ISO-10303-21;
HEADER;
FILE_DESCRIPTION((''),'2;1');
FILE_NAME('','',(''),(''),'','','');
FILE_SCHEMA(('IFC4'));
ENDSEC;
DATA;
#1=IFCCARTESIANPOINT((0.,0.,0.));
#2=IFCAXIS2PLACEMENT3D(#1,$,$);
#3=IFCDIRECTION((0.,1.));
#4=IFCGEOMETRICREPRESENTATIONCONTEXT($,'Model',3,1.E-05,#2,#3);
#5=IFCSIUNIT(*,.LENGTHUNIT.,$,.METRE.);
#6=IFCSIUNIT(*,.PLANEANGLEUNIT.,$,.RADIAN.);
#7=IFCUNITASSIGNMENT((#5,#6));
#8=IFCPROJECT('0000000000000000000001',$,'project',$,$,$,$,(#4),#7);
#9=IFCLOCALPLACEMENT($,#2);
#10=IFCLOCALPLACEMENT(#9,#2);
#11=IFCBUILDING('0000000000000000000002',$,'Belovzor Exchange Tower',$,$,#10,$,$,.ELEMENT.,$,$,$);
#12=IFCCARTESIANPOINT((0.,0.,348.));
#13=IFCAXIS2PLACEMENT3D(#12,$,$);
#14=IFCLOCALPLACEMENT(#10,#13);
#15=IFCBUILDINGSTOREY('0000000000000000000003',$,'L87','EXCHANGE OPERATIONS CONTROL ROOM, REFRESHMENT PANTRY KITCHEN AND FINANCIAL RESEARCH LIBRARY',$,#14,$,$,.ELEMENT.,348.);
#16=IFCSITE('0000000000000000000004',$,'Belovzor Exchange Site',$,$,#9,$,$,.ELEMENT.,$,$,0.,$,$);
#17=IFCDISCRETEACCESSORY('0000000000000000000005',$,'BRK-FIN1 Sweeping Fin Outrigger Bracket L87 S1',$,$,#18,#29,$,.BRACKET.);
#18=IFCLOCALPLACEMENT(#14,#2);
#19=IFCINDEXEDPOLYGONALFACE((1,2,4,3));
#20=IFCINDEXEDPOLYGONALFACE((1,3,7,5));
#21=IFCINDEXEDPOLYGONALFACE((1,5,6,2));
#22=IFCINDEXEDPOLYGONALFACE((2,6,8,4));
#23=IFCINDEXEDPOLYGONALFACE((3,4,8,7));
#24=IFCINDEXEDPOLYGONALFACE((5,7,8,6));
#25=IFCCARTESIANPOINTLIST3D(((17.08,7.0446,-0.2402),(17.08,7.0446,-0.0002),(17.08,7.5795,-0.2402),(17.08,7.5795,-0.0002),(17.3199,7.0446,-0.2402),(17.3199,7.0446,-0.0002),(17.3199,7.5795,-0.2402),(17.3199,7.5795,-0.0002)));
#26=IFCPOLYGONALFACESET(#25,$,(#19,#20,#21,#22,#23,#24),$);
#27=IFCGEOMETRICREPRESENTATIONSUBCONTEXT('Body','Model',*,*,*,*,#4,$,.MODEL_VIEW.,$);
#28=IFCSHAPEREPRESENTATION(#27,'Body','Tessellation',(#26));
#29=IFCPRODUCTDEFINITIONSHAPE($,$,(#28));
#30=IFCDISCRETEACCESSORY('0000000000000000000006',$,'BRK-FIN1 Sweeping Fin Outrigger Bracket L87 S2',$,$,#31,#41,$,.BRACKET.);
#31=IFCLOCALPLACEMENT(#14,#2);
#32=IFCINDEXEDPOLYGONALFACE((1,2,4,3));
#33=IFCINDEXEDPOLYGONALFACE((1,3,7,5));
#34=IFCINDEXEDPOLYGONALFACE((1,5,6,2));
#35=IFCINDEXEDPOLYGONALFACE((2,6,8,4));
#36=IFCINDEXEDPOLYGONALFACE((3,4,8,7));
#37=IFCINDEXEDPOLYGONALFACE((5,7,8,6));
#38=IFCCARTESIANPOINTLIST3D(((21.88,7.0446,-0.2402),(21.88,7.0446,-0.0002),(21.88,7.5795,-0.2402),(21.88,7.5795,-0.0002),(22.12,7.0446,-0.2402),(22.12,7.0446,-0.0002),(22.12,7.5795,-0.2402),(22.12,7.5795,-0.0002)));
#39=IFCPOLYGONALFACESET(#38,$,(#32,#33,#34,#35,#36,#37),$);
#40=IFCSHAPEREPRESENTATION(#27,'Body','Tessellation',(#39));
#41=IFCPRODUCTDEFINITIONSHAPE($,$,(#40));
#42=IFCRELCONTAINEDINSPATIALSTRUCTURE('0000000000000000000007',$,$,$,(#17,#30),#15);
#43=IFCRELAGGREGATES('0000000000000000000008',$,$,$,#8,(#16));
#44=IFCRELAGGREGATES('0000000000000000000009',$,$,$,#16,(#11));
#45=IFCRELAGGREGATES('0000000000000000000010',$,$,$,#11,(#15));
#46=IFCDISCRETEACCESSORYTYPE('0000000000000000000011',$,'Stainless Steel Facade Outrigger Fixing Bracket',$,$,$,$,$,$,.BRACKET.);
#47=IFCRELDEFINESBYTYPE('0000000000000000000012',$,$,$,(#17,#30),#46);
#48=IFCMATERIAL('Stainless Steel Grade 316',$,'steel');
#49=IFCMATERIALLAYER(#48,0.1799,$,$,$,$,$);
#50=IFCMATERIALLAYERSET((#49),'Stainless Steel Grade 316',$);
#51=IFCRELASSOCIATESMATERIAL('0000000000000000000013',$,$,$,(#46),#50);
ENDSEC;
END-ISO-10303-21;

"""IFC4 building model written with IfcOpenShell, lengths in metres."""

from ifc_helpers import new_model, si_unit, direction, frame, origin, origin_2d, place, context, subcontext, project, spatial, rectangle, extrude, material, layer, layer_set, type_object, element, save


model = new_model("IFC4")

# Units and contexts
model_context = context("Model", 3, precision=1e-05, world=origin(), true_north=direction((0.0, 1.0)))
body_context = subcontext(model_context, "Body", "Model", "MODEL_VIEW")
ifc_project = project(units=[si_unit("LENGTHUNIT", "METRE"), si_unit("PLANEANGLEUNIT", "RADIAN")], contexts=[model_context])

# Site, building, storey
site_placement = place(None, origin())
site = spatial("IfcSite", under=ifc_project, at=site_placement, Name="Belovzor Exchange Site", CompositionType="ELEMENT", RefElevation=0.0)
building_placement = place(site_placement, origin())
building = spatial("IfcBuilding", under=site, at=building_placement, Name="Belovzor Exchange Tower", CompositionType="ELEMENT")
storey_placement = place(building_placement, frame((0.0, 0.0, 348.0)))
storey = spatial("IfcBuildingStorey", under=building, at=storey_placement, Name="L87", Description="EXCHANGE OPERATIONS CONTROL ROOM, REFRESHMENT PANTRY KITCHEN AND FINANCIAL RESEARCH LIBRARY", CompositionType="ELEMENT", Elevation=348.0)

# Discrete accessories
ifc_material_1 = material(Name="Stainless Steel Grade 316", Category="steel")
ifc_layer_1 = layer(ifc_material_1, 0.1799)
ifc_layer_set_1 = layer_set([ifc_layer_1], Name="Stainless Steel Grade 316")
discrete_accessory_type = type_object("IfcDiscreteAccessoryType", Name="Stainless Steel Facade Outrigger Fixing Bracket", PredefinedType="BRACKET", material=ifc_layer_set_1)
for number, where, z_axis, x_axis, name in (
    (1, (17.2, 7.312, -0.2402), (0.0, 0.0, 1.0), (0.0, 1.0, 0.0), "BRK-FIN1 Sweeping Fin Outrigger Bracket L87 S1"),
    (2, (22.0, 7.312, -0.2402), (0.0, 0.0, 1.0), (0.0, 1.0, 0.0), "BRK-FIN1 Sweeping Fin Outrigger Bracket L87 S2"),
):
    element("IfcDiscreteAccessory", number, at=place(storey_placement, frame(where, z_axis=z_axis, x_axis=x_axis)), inside=storey, type_object=discrete_accessory_type, Name=name, PredefinedType="BRACKET", context=body_context, shape_type="SweptSolid", body=[
        extrude(rectangle(XDim=0.5349, YDim=0.24, at=origin_2d()), origin(), (0.0, 0.0, 1.0), 0.24),
    ])

save(model, "model.ifc")
